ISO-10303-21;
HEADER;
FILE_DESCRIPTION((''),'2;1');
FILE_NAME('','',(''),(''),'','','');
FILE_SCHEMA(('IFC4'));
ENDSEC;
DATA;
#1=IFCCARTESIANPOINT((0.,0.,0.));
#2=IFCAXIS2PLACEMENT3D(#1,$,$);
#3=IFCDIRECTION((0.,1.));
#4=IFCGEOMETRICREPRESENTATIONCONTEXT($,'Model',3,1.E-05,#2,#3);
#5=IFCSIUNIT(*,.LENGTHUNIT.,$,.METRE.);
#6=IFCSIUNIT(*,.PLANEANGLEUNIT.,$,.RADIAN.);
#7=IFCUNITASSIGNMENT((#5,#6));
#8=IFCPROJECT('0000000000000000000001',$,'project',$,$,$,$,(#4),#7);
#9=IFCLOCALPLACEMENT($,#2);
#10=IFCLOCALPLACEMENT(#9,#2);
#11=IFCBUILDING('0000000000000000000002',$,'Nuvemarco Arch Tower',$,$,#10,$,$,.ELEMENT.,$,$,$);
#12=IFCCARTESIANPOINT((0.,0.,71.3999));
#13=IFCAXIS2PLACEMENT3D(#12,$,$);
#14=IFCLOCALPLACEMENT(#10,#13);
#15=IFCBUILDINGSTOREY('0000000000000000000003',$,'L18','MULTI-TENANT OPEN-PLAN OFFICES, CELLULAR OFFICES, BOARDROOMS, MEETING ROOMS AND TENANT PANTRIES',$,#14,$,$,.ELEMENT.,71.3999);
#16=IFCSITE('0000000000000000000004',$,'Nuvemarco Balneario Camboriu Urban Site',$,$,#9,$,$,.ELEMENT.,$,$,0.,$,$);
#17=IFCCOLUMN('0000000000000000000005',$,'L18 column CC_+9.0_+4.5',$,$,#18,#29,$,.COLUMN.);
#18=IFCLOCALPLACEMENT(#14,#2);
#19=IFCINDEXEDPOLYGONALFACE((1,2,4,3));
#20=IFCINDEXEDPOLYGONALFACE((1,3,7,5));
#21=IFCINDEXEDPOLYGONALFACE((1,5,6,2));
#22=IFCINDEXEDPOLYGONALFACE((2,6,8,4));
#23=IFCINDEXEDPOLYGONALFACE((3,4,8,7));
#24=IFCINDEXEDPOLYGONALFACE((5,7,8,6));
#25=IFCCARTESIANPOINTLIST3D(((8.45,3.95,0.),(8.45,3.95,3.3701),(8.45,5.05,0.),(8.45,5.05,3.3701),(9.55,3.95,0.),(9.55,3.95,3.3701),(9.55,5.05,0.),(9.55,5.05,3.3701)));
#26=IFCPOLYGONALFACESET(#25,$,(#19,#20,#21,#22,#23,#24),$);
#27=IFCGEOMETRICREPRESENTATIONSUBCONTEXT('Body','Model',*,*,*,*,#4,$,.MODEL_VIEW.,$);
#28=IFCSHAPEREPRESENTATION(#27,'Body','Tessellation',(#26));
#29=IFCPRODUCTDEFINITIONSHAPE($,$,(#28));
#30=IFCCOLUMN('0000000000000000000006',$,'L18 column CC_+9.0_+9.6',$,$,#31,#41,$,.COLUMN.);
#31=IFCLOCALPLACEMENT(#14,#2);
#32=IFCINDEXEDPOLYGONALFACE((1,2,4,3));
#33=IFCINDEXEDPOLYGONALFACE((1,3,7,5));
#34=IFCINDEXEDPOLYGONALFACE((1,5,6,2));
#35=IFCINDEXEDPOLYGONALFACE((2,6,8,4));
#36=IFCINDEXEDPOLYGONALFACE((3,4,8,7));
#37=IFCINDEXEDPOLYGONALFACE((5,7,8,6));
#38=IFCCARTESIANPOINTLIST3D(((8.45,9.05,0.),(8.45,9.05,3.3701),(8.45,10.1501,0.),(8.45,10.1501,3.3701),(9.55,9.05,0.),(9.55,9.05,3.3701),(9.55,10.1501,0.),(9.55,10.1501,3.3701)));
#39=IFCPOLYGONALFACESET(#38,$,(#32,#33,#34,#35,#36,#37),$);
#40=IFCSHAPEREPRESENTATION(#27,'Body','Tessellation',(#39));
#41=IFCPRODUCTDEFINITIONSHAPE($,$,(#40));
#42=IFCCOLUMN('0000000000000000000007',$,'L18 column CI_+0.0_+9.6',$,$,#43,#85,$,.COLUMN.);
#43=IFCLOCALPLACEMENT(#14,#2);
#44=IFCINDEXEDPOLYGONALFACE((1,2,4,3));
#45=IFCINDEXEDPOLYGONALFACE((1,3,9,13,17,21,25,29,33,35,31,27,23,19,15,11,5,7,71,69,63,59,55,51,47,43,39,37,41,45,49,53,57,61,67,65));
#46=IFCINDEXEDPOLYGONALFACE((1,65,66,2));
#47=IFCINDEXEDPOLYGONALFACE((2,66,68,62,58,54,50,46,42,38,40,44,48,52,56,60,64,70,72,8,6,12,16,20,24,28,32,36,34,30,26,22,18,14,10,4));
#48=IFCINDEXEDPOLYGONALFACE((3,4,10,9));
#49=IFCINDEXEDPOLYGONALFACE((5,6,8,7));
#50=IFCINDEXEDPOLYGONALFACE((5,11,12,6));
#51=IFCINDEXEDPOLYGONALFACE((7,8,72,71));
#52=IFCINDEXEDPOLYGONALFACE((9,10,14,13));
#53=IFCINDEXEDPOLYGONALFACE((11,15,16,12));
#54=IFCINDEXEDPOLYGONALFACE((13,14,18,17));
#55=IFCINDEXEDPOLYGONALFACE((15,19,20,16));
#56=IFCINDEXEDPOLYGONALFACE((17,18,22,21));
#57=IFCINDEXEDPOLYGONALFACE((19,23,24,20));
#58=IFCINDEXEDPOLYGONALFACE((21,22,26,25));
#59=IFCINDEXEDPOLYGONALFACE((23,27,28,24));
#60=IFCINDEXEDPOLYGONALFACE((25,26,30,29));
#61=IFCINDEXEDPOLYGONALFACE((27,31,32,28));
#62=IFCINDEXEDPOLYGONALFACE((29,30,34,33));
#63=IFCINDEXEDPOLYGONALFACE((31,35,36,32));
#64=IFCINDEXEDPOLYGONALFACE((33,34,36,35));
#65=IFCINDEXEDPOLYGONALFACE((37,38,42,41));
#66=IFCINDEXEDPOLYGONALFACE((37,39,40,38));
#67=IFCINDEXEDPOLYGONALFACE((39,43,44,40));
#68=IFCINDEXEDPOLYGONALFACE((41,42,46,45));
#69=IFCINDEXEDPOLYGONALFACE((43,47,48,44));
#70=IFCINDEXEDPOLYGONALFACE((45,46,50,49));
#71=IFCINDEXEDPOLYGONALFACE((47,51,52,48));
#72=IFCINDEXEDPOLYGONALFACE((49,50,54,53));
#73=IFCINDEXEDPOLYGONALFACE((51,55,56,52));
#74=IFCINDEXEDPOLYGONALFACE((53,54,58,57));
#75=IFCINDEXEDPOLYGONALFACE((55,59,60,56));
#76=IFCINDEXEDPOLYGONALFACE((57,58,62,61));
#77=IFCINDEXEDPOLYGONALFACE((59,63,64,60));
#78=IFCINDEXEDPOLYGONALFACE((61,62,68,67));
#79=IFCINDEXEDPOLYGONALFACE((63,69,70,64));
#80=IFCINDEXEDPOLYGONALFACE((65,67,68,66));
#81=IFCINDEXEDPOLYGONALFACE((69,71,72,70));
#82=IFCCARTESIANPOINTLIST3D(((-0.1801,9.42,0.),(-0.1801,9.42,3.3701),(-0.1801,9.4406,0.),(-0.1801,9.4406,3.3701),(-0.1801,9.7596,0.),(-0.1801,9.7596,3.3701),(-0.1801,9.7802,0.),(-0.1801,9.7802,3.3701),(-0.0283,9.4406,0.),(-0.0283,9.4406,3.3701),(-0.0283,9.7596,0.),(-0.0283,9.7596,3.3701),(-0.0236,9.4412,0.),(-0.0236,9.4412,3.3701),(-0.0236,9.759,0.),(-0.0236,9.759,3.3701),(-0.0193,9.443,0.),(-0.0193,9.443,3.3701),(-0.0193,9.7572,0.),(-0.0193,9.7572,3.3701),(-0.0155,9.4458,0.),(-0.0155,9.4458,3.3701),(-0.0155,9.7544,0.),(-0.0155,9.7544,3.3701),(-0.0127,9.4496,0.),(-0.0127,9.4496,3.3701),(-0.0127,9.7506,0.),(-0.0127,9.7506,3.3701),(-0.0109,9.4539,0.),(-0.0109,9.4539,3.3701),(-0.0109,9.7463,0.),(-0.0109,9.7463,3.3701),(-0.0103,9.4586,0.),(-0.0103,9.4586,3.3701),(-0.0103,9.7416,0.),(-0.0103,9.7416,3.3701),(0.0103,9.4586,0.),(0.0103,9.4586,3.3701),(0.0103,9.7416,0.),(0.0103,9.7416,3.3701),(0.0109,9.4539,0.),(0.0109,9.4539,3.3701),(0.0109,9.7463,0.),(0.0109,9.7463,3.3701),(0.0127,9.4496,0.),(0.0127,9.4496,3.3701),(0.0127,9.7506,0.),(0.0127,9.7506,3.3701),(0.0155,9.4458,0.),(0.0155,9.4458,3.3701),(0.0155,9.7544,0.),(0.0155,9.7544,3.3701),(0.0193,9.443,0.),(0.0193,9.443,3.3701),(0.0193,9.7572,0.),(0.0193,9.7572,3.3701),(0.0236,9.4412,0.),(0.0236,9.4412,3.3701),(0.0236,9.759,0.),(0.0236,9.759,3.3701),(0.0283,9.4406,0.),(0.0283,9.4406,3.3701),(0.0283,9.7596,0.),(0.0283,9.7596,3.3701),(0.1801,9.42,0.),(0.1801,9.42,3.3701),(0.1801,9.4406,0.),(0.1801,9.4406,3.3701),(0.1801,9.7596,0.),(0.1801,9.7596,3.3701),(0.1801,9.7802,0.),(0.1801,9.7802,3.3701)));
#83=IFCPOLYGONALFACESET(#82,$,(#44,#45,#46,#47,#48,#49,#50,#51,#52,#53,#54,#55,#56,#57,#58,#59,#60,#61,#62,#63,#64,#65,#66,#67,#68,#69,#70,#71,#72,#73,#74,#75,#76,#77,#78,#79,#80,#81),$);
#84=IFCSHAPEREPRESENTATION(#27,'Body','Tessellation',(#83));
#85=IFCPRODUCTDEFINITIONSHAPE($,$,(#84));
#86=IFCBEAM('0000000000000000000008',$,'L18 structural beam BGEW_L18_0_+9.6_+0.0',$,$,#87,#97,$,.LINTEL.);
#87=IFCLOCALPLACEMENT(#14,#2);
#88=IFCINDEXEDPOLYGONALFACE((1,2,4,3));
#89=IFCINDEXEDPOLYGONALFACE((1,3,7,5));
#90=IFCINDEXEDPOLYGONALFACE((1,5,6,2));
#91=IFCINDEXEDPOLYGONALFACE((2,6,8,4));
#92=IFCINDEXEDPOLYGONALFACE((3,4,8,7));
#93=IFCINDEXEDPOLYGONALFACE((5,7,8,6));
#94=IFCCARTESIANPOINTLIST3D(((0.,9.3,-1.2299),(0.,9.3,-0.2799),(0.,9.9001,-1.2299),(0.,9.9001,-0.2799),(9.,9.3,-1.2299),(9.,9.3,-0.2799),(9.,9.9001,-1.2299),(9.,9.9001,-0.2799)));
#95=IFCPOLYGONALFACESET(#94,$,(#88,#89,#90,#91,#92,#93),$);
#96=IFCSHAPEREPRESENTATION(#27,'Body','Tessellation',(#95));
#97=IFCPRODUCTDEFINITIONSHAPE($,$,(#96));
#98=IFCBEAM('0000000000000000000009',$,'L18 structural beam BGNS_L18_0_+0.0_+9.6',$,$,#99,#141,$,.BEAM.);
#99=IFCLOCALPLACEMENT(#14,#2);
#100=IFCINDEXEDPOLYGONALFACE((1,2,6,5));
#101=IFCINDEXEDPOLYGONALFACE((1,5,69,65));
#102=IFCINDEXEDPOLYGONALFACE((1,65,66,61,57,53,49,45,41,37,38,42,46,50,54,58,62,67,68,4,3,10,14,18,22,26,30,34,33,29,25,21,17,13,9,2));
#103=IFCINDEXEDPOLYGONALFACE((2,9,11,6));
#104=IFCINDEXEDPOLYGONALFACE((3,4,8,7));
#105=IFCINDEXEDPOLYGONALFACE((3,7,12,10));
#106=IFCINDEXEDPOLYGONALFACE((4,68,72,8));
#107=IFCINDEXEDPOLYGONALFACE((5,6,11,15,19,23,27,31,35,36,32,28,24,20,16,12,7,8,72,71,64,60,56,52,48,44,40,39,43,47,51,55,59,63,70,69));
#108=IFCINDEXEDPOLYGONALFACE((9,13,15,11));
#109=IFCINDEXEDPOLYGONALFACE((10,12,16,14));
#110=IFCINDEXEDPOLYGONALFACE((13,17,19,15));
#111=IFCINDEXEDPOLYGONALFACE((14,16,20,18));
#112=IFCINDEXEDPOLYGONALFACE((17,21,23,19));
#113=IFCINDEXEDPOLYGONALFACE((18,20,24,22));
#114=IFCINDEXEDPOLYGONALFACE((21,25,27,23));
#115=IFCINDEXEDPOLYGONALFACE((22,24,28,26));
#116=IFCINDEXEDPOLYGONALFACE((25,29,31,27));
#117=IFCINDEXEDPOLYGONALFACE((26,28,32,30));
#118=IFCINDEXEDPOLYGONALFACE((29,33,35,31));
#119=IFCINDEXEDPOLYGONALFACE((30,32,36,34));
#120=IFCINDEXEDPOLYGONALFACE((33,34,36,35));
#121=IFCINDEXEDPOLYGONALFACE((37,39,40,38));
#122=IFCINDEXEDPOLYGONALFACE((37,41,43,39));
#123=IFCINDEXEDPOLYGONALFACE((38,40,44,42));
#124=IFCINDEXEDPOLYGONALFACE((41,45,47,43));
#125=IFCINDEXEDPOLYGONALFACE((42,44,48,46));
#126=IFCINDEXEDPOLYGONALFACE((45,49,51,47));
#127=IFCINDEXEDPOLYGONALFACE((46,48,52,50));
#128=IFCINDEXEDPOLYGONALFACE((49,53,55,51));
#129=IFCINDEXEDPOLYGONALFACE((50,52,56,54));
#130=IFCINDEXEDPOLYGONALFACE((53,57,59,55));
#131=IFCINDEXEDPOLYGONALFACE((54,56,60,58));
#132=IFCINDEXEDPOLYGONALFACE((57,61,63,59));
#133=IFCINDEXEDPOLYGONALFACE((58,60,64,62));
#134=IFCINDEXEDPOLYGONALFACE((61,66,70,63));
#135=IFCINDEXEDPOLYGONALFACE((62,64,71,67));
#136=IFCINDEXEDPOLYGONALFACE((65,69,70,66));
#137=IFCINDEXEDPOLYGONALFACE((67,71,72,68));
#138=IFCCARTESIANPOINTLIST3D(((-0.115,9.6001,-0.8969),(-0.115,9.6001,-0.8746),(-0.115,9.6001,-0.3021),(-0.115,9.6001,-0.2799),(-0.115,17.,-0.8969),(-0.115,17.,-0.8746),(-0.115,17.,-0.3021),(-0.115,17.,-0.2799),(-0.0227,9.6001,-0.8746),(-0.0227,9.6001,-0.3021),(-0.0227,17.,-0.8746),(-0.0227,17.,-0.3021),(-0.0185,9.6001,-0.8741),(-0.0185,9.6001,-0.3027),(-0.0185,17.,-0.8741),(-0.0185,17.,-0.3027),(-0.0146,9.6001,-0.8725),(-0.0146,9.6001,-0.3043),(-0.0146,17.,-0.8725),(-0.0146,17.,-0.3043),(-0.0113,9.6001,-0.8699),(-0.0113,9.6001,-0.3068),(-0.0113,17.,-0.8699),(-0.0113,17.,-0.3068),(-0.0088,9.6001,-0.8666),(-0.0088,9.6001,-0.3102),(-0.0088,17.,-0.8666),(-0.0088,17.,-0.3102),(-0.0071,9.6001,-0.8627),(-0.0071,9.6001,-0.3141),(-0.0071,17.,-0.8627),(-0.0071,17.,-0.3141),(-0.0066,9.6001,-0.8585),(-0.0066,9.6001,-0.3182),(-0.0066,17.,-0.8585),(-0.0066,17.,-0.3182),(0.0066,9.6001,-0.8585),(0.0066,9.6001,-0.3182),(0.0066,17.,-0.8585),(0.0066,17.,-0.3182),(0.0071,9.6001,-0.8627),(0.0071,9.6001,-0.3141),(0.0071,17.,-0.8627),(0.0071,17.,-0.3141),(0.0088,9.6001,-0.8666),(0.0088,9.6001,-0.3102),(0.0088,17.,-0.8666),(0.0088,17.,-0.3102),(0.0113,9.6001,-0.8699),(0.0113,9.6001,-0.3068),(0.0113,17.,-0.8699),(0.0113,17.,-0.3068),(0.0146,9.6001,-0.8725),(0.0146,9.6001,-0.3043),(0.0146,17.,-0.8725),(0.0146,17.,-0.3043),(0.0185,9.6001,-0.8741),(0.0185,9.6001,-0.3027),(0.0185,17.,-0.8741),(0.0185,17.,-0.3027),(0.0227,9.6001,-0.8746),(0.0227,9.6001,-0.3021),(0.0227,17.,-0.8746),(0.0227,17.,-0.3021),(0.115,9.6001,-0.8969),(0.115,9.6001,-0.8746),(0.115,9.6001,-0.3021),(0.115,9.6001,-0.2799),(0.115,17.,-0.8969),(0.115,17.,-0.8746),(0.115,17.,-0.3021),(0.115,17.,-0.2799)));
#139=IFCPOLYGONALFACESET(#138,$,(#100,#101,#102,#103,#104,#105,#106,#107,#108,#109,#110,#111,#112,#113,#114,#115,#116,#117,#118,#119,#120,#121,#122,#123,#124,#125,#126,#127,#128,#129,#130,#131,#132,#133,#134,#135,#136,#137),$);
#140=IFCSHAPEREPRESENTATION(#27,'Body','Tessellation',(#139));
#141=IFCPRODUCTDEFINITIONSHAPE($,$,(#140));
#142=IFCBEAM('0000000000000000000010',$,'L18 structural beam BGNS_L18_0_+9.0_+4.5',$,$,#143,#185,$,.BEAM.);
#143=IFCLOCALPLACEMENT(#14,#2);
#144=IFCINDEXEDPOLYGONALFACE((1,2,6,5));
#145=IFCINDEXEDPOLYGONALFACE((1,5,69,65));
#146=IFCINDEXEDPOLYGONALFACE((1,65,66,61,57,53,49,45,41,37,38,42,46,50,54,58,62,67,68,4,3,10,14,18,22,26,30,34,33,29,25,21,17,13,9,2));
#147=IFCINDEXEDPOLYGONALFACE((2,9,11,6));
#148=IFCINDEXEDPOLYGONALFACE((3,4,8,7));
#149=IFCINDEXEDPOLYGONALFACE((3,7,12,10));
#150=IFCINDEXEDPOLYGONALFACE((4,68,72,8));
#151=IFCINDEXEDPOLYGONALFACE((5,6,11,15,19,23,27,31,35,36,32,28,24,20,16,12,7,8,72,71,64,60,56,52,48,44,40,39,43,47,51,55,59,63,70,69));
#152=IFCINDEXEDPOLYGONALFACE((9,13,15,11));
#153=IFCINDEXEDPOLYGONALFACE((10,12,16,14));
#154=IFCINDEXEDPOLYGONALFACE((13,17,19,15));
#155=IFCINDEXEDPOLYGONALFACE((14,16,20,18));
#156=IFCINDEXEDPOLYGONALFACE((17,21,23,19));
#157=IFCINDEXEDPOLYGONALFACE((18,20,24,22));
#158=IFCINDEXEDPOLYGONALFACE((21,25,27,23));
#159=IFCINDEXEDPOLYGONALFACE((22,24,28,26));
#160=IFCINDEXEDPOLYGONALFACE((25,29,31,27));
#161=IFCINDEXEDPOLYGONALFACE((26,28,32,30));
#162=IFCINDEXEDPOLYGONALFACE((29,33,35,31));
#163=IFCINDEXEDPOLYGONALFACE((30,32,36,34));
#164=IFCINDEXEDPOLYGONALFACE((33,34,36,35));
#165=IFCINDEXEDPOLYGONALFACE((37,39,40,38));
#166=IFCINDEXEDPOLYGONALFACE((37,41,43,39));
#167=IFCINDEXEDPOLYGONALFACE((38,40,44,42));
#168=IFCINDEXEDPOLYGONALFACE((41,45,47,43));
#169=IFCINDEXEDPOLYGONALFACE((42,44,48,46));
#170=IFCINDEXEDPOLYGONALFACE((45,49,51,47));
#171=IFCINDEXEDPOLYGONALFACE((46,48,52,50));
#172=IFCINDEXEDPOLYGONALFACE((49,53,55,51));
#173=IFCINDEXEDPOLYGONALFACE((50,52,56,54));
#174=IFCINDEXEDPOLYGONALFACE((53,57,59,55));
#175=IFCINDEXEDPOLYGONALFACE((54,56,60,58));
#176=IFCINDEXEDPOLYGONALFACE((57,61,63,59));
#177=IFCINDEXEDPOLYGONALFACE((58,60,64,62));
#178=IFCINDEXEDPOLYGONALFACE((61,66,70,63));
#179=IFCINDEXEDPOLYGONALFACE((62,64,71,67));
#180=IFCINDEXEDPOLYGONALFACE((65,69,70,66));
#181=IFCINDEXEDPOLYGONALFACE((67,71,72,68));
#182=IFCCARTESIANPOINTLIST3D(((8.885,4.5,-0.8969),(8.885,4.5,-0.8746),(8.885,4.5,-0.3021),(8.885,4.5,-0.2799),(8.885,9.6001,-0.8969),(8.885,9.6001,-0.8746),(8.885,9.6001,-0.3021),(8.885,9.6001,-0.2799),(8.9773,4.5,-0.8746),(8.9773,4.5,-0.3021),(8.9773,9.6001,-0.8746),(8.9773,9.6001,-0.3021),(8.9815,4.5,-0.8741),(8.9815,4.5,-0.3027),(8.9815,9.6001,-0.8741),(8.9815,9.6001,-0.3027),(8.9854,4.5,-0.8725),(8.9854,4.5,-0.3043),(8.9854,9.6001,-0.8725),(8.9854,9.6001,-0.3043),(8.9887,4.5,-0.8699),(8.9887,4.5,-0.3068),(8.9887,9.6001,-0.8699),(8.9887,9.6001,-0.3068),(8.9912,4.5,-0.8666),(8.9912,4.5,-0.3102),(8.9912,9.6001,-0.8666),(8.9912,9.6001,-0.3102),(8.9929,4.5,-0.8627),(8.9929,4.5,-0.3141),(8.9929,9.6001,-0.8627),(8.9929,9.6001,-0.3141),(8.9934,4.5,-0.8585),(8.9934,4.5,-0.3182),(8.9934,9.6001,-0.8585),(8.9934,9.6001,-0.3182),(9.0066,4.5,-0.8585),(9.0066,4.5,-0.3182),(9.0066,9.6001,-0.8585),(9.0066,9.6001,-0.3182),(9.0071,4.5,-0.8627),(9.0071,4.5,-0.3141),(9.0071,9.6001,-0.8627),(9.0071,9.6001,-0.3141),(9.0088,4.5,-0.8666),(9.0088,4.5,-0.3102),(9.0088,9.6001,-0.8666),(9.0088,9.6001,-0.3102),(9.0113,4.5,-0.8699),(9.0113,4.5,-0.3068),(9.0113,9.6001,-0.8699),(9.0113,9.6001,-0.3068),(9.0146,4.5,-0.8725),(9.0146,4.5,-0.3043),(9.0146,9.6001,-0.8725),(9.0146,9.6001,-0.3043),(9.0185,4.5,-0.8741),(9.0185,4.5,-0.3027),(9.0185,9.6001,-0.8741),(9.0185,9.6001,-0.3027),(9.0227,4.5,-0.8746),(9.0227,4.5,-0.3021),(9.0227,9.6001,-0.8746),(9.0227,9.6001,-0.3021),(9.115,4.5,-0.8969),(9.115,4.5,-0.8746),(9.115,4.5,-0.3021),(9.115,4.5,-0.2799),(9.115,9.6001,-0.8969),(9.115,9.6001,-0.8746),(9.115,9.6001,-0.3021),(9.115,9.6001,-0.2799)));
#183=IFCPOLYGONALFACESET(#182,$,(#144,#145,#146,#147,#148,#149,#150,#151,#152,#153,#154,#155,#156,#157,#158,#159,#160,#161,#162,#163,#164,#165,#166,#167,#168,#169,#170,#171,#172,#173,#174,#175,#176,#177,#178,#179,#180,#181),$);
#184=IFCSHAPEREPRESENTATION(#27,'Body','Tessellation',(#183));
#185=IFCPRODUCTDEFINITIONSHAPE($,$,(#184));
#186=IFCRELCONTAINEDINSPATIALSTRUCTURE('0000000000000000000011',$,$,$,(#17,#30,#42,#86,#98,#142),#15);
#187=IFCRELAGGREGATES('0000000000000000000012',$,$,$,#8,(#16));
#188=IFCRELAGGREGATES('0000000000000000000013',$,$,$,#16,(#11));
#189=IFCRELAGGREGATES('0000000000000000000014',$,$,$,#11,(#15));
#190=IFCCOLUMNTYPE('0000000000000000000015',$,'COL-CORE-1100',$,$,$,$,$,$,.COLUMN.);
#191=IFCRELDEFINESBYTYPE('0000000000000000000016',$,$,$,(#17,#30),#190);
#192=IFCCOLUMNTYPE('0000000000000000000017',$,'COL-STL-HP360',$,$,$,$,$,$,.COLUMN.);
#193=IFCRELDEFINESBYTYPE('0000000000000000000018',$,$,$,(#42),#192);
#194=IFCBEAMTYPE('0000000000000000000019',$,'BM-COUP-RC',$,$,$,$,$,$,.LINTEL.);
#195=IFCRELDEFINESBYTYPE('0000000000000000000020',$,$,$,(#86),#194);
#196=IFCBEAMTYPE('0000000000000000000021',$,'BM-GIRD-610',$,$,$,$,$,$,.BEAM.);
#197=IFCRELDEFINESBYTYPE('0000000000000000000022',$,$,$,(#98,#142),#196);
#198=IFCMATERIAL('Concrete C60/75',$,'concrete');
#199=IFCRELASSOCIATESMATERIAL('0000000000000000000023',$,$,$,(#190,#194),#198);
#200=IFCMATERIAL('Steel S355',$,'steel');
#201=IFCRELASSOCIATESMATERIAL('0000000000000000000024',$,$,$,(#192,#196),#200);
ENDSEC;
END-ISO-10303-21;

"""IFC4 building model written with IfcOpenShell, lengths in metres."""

from ifc_helpers import new_model, si_unit, direction, frame, origin, origin_2d, place, context, subcontext, project, spatial, rectangle, i_section, extrude, material, material_profile, profile_set, type_object, element, save


model = new_model("IFC4")

# Units and contexts
model_context = context("Model", 3, precision=1e-05, world=origin(), true_north=direction((0.0, 1.0)))
body_context = subcontext(model_context, "Body", "Model", "MODEL_VIEW")
ifc_project = project(units=[si_unit("LENGTHUNIT", "METRE"), si_unit("PLANEANGLEUNIT", "RADIAN")], contexts=[model_context])

# Site, building, storey
site_placement = place(None, origin())
site = spatial("IfcSite", under=ifc_project, at=site_placement, Name="Nuvemarco Balneario Camboriu Urban Site", CompositionType="ELEMENT", RefElevation=0.0)
building_placement = place(site_placement, origin())
building = spatial("IfcBuilding", under=site, at=building_placement, Name="Nuvemarco Arch Tower", CompositionType="ELEMENT")
storey_placement = place(building_placement, frame((0.0, 0.0, 71.3999)))
storey = spatial("IfcBuildingStorey", under=building, at=storey_placement, Name="L18", Description="MULTI-TENANT OPEN-PLAN OFFICES, CELLULAR OFFICES, BOARDROOMS, MEETING ROOMS AND TENANT PANTRIES", CompositionType="ELEMENT", Elevation=71.3999)

# Columns
ifc_material_1 = material(Name="Concrete C60/75", Category="concrete")
ifc_material_profile_1 = material_profile(ifc_material_1, rectangle(XDim=1.1001, YDim=1.1001, at=origin_2d()), Name="RC-COL-1100x1100")
ifc_profile_set_1 = profile_set([ifc_material_profile_1], Name="Concrete C60/75")
column_type_1 = type_object("IfcColumnType", Name="COL-CORE-1100", PredefinedType="COLUMN", material=ifc_profile_set_1)
for number, where, z_axis, x_axis, name in (
    (1, (9.0, 4.5, 0.0), (0.0, 0.0, 1.0), (1.0, 0.0, 0.0), "L18 column CC_+9.0_+4.5"),
    (2, (9.0, 9.6001, 0.0), (0.0, 0.0, 1.0), (1.0, 0.0, 0.0), "L18 column CC_+9.0_+9.6"),
):
    element("IfcColumn", number, at=place(storey_placement, frame(where, z_axis=z_axis, x_axis=x_axis)), inside=storey, type_object=column_type_1, Name=name, PredefinedType="COLUMN", context=body_context, shape_type="SweptSolid", body=[
        extrude(rectangle(XDim=1.1001, YDim=1.1001, at=origin_2d()), origin(), (0.0, 0.0, 1.0), 3.3701),
    ])
ifc_material_2 = material(Name="Steel S355", Category="steel")
ifc_material_profile_2 = material_profile(ifc_material_2, i_section(OverallWidth=0.3601, OverallDepth=0.3601, WebThickness=0.0205, FlangeThickness=0.0205, FilletRadius=0.0181, at=origin_2d()), Name="HP360x174")
ifc_profile_set_2 = profile_set([ifc_material_profile_2], Name="Steel S355")
column_type_2 = type_object("IfcColumnType", Name="COL-STL-HP360", PredefinedType="COLUMN", material=ifc_profile_set_2)
column_placement = place(storey_placement, frame((0.0, 9.6001, 0.0), z_axis=(0.0, 0.0, 1.0), x_axis=(1.0, 0.0, 0.0)))
element("IfcColumn", 3, at=column_placement, inside=storey, type_object=column_type_2, Name="L18 column CI_+0.0_+9.6", PredefinedType="COLUMN", context=body_context, shape_type="SweptSolid", body=[
    extrude(i_section(OverallWidth=0.3601, OverallDepth=0.3601, WebThickness=0.0205, FlangeThickness=0.0205, FilletRadius=0.0181, at=origin_2d()), origin(), (0.0, 0.0, 1.0), 3.3701),
])

# Beams
ifc_material_profile_3 = material_profile(ifc_material_1, rectangle(XDim=0.6001, YDim=0.95, at=origin_2d()), Name="RC-BM-600x950")
ifc_profile_set_3 = profile_set([ifc_material_profile_3], Name="Concrete C60/75")
beam_type_1 = type_object("IfcBeamType", Name="BM-COUP-RC", PredefinedType="LINTEL", material=ifc_profile_set_3)
beam_1_placement = place(storey_placement, frame((0.0, 9.6001, -0.7549), z_axis=(1.0, 0.0, 0.0), x_axis=(0.0, 1.0, 0.0)))
element("IfcBeam", 4, at=beam_1_placement, inside=storey, type_object=beam_type_1, Name="L18 structural beam BGEW_L18_0_+9.6_+0.0", PredefinedType="LINTEL", context=body_context, shape_type="SweptSolid", body=[
    extrude(rectangle(XDim=0.6001, YDim=0.95, at=origin_2d()), origin(), (0.0, 0.0, 1.0), 9.0),
])
ifc_material_profile_4 = material_profile(ifc_material_2, i_section(OverallWidth=0.23, OverallDepth=0.6169, WebThickness=0.0132, FlangeThickness=0.0222, FilletRadius=0.0161, at=origin_2d()), Name="W610x140")
ifc_profile_set_4 = profile_set([ifc_material_profile_4], Name="Steel S355")
beam_type_2 = type_object("IfcBeamType", Name="BM-GIRD-610", PredefinedType="BEAM", material=ifc_profile_set_4)
beam_2_placement = place(storey_placement, frame((0.0, 9.6001, -0.5884), z_axis=(0.0, 1.0, 0.0), x_axis=(-1.0, 0.0, 0.0)))
element("IfcBeam", 5, at=beam_2_placement, inside=storey, type_object=beam_type_2, Name="L18 structural beam BGNS_L18_0_+0.0_+9.6", PredefinedType="BEAM", context=body_context, shape_type="SweptSolid", body=[
    extrude(i_section(OverallWidth=0.23, OverallDepth=0.6169, WebThickness=0.0132, FlangeThickness=0.0222, FilletRadius=0.0161, at=origin_2d()), origin(), (0.0, 0.0, 1.0), 7.3999),
])
beam_3_placement = place(storey_placement, frame((9.0, 4.5, -0.5884), z_axis=(0.0, 1.0, 0.0), x_axis=(-1.0, 0.0, 0.0)))
element("IfcBeam", 6, at=beam_3_placement, inside=storey, type_object=beam_type_2, Name="L18 structural beam BGNS_L18_0_+9.0_+4.5", PredefinedType="BEAM", context=body_context, shape_type="SweptSolid", body=[
    extrude(i_section(OverallWidth=0.23, OverallDepth=0.6169, WebThickness=0.0132, FlangeThickness=0.0222, FilletRadius=0.0161, at=origin_2d()), origin(), (0.0, 0.0, 1.0), 5.1001),
])

save(model, "model.ifc")
